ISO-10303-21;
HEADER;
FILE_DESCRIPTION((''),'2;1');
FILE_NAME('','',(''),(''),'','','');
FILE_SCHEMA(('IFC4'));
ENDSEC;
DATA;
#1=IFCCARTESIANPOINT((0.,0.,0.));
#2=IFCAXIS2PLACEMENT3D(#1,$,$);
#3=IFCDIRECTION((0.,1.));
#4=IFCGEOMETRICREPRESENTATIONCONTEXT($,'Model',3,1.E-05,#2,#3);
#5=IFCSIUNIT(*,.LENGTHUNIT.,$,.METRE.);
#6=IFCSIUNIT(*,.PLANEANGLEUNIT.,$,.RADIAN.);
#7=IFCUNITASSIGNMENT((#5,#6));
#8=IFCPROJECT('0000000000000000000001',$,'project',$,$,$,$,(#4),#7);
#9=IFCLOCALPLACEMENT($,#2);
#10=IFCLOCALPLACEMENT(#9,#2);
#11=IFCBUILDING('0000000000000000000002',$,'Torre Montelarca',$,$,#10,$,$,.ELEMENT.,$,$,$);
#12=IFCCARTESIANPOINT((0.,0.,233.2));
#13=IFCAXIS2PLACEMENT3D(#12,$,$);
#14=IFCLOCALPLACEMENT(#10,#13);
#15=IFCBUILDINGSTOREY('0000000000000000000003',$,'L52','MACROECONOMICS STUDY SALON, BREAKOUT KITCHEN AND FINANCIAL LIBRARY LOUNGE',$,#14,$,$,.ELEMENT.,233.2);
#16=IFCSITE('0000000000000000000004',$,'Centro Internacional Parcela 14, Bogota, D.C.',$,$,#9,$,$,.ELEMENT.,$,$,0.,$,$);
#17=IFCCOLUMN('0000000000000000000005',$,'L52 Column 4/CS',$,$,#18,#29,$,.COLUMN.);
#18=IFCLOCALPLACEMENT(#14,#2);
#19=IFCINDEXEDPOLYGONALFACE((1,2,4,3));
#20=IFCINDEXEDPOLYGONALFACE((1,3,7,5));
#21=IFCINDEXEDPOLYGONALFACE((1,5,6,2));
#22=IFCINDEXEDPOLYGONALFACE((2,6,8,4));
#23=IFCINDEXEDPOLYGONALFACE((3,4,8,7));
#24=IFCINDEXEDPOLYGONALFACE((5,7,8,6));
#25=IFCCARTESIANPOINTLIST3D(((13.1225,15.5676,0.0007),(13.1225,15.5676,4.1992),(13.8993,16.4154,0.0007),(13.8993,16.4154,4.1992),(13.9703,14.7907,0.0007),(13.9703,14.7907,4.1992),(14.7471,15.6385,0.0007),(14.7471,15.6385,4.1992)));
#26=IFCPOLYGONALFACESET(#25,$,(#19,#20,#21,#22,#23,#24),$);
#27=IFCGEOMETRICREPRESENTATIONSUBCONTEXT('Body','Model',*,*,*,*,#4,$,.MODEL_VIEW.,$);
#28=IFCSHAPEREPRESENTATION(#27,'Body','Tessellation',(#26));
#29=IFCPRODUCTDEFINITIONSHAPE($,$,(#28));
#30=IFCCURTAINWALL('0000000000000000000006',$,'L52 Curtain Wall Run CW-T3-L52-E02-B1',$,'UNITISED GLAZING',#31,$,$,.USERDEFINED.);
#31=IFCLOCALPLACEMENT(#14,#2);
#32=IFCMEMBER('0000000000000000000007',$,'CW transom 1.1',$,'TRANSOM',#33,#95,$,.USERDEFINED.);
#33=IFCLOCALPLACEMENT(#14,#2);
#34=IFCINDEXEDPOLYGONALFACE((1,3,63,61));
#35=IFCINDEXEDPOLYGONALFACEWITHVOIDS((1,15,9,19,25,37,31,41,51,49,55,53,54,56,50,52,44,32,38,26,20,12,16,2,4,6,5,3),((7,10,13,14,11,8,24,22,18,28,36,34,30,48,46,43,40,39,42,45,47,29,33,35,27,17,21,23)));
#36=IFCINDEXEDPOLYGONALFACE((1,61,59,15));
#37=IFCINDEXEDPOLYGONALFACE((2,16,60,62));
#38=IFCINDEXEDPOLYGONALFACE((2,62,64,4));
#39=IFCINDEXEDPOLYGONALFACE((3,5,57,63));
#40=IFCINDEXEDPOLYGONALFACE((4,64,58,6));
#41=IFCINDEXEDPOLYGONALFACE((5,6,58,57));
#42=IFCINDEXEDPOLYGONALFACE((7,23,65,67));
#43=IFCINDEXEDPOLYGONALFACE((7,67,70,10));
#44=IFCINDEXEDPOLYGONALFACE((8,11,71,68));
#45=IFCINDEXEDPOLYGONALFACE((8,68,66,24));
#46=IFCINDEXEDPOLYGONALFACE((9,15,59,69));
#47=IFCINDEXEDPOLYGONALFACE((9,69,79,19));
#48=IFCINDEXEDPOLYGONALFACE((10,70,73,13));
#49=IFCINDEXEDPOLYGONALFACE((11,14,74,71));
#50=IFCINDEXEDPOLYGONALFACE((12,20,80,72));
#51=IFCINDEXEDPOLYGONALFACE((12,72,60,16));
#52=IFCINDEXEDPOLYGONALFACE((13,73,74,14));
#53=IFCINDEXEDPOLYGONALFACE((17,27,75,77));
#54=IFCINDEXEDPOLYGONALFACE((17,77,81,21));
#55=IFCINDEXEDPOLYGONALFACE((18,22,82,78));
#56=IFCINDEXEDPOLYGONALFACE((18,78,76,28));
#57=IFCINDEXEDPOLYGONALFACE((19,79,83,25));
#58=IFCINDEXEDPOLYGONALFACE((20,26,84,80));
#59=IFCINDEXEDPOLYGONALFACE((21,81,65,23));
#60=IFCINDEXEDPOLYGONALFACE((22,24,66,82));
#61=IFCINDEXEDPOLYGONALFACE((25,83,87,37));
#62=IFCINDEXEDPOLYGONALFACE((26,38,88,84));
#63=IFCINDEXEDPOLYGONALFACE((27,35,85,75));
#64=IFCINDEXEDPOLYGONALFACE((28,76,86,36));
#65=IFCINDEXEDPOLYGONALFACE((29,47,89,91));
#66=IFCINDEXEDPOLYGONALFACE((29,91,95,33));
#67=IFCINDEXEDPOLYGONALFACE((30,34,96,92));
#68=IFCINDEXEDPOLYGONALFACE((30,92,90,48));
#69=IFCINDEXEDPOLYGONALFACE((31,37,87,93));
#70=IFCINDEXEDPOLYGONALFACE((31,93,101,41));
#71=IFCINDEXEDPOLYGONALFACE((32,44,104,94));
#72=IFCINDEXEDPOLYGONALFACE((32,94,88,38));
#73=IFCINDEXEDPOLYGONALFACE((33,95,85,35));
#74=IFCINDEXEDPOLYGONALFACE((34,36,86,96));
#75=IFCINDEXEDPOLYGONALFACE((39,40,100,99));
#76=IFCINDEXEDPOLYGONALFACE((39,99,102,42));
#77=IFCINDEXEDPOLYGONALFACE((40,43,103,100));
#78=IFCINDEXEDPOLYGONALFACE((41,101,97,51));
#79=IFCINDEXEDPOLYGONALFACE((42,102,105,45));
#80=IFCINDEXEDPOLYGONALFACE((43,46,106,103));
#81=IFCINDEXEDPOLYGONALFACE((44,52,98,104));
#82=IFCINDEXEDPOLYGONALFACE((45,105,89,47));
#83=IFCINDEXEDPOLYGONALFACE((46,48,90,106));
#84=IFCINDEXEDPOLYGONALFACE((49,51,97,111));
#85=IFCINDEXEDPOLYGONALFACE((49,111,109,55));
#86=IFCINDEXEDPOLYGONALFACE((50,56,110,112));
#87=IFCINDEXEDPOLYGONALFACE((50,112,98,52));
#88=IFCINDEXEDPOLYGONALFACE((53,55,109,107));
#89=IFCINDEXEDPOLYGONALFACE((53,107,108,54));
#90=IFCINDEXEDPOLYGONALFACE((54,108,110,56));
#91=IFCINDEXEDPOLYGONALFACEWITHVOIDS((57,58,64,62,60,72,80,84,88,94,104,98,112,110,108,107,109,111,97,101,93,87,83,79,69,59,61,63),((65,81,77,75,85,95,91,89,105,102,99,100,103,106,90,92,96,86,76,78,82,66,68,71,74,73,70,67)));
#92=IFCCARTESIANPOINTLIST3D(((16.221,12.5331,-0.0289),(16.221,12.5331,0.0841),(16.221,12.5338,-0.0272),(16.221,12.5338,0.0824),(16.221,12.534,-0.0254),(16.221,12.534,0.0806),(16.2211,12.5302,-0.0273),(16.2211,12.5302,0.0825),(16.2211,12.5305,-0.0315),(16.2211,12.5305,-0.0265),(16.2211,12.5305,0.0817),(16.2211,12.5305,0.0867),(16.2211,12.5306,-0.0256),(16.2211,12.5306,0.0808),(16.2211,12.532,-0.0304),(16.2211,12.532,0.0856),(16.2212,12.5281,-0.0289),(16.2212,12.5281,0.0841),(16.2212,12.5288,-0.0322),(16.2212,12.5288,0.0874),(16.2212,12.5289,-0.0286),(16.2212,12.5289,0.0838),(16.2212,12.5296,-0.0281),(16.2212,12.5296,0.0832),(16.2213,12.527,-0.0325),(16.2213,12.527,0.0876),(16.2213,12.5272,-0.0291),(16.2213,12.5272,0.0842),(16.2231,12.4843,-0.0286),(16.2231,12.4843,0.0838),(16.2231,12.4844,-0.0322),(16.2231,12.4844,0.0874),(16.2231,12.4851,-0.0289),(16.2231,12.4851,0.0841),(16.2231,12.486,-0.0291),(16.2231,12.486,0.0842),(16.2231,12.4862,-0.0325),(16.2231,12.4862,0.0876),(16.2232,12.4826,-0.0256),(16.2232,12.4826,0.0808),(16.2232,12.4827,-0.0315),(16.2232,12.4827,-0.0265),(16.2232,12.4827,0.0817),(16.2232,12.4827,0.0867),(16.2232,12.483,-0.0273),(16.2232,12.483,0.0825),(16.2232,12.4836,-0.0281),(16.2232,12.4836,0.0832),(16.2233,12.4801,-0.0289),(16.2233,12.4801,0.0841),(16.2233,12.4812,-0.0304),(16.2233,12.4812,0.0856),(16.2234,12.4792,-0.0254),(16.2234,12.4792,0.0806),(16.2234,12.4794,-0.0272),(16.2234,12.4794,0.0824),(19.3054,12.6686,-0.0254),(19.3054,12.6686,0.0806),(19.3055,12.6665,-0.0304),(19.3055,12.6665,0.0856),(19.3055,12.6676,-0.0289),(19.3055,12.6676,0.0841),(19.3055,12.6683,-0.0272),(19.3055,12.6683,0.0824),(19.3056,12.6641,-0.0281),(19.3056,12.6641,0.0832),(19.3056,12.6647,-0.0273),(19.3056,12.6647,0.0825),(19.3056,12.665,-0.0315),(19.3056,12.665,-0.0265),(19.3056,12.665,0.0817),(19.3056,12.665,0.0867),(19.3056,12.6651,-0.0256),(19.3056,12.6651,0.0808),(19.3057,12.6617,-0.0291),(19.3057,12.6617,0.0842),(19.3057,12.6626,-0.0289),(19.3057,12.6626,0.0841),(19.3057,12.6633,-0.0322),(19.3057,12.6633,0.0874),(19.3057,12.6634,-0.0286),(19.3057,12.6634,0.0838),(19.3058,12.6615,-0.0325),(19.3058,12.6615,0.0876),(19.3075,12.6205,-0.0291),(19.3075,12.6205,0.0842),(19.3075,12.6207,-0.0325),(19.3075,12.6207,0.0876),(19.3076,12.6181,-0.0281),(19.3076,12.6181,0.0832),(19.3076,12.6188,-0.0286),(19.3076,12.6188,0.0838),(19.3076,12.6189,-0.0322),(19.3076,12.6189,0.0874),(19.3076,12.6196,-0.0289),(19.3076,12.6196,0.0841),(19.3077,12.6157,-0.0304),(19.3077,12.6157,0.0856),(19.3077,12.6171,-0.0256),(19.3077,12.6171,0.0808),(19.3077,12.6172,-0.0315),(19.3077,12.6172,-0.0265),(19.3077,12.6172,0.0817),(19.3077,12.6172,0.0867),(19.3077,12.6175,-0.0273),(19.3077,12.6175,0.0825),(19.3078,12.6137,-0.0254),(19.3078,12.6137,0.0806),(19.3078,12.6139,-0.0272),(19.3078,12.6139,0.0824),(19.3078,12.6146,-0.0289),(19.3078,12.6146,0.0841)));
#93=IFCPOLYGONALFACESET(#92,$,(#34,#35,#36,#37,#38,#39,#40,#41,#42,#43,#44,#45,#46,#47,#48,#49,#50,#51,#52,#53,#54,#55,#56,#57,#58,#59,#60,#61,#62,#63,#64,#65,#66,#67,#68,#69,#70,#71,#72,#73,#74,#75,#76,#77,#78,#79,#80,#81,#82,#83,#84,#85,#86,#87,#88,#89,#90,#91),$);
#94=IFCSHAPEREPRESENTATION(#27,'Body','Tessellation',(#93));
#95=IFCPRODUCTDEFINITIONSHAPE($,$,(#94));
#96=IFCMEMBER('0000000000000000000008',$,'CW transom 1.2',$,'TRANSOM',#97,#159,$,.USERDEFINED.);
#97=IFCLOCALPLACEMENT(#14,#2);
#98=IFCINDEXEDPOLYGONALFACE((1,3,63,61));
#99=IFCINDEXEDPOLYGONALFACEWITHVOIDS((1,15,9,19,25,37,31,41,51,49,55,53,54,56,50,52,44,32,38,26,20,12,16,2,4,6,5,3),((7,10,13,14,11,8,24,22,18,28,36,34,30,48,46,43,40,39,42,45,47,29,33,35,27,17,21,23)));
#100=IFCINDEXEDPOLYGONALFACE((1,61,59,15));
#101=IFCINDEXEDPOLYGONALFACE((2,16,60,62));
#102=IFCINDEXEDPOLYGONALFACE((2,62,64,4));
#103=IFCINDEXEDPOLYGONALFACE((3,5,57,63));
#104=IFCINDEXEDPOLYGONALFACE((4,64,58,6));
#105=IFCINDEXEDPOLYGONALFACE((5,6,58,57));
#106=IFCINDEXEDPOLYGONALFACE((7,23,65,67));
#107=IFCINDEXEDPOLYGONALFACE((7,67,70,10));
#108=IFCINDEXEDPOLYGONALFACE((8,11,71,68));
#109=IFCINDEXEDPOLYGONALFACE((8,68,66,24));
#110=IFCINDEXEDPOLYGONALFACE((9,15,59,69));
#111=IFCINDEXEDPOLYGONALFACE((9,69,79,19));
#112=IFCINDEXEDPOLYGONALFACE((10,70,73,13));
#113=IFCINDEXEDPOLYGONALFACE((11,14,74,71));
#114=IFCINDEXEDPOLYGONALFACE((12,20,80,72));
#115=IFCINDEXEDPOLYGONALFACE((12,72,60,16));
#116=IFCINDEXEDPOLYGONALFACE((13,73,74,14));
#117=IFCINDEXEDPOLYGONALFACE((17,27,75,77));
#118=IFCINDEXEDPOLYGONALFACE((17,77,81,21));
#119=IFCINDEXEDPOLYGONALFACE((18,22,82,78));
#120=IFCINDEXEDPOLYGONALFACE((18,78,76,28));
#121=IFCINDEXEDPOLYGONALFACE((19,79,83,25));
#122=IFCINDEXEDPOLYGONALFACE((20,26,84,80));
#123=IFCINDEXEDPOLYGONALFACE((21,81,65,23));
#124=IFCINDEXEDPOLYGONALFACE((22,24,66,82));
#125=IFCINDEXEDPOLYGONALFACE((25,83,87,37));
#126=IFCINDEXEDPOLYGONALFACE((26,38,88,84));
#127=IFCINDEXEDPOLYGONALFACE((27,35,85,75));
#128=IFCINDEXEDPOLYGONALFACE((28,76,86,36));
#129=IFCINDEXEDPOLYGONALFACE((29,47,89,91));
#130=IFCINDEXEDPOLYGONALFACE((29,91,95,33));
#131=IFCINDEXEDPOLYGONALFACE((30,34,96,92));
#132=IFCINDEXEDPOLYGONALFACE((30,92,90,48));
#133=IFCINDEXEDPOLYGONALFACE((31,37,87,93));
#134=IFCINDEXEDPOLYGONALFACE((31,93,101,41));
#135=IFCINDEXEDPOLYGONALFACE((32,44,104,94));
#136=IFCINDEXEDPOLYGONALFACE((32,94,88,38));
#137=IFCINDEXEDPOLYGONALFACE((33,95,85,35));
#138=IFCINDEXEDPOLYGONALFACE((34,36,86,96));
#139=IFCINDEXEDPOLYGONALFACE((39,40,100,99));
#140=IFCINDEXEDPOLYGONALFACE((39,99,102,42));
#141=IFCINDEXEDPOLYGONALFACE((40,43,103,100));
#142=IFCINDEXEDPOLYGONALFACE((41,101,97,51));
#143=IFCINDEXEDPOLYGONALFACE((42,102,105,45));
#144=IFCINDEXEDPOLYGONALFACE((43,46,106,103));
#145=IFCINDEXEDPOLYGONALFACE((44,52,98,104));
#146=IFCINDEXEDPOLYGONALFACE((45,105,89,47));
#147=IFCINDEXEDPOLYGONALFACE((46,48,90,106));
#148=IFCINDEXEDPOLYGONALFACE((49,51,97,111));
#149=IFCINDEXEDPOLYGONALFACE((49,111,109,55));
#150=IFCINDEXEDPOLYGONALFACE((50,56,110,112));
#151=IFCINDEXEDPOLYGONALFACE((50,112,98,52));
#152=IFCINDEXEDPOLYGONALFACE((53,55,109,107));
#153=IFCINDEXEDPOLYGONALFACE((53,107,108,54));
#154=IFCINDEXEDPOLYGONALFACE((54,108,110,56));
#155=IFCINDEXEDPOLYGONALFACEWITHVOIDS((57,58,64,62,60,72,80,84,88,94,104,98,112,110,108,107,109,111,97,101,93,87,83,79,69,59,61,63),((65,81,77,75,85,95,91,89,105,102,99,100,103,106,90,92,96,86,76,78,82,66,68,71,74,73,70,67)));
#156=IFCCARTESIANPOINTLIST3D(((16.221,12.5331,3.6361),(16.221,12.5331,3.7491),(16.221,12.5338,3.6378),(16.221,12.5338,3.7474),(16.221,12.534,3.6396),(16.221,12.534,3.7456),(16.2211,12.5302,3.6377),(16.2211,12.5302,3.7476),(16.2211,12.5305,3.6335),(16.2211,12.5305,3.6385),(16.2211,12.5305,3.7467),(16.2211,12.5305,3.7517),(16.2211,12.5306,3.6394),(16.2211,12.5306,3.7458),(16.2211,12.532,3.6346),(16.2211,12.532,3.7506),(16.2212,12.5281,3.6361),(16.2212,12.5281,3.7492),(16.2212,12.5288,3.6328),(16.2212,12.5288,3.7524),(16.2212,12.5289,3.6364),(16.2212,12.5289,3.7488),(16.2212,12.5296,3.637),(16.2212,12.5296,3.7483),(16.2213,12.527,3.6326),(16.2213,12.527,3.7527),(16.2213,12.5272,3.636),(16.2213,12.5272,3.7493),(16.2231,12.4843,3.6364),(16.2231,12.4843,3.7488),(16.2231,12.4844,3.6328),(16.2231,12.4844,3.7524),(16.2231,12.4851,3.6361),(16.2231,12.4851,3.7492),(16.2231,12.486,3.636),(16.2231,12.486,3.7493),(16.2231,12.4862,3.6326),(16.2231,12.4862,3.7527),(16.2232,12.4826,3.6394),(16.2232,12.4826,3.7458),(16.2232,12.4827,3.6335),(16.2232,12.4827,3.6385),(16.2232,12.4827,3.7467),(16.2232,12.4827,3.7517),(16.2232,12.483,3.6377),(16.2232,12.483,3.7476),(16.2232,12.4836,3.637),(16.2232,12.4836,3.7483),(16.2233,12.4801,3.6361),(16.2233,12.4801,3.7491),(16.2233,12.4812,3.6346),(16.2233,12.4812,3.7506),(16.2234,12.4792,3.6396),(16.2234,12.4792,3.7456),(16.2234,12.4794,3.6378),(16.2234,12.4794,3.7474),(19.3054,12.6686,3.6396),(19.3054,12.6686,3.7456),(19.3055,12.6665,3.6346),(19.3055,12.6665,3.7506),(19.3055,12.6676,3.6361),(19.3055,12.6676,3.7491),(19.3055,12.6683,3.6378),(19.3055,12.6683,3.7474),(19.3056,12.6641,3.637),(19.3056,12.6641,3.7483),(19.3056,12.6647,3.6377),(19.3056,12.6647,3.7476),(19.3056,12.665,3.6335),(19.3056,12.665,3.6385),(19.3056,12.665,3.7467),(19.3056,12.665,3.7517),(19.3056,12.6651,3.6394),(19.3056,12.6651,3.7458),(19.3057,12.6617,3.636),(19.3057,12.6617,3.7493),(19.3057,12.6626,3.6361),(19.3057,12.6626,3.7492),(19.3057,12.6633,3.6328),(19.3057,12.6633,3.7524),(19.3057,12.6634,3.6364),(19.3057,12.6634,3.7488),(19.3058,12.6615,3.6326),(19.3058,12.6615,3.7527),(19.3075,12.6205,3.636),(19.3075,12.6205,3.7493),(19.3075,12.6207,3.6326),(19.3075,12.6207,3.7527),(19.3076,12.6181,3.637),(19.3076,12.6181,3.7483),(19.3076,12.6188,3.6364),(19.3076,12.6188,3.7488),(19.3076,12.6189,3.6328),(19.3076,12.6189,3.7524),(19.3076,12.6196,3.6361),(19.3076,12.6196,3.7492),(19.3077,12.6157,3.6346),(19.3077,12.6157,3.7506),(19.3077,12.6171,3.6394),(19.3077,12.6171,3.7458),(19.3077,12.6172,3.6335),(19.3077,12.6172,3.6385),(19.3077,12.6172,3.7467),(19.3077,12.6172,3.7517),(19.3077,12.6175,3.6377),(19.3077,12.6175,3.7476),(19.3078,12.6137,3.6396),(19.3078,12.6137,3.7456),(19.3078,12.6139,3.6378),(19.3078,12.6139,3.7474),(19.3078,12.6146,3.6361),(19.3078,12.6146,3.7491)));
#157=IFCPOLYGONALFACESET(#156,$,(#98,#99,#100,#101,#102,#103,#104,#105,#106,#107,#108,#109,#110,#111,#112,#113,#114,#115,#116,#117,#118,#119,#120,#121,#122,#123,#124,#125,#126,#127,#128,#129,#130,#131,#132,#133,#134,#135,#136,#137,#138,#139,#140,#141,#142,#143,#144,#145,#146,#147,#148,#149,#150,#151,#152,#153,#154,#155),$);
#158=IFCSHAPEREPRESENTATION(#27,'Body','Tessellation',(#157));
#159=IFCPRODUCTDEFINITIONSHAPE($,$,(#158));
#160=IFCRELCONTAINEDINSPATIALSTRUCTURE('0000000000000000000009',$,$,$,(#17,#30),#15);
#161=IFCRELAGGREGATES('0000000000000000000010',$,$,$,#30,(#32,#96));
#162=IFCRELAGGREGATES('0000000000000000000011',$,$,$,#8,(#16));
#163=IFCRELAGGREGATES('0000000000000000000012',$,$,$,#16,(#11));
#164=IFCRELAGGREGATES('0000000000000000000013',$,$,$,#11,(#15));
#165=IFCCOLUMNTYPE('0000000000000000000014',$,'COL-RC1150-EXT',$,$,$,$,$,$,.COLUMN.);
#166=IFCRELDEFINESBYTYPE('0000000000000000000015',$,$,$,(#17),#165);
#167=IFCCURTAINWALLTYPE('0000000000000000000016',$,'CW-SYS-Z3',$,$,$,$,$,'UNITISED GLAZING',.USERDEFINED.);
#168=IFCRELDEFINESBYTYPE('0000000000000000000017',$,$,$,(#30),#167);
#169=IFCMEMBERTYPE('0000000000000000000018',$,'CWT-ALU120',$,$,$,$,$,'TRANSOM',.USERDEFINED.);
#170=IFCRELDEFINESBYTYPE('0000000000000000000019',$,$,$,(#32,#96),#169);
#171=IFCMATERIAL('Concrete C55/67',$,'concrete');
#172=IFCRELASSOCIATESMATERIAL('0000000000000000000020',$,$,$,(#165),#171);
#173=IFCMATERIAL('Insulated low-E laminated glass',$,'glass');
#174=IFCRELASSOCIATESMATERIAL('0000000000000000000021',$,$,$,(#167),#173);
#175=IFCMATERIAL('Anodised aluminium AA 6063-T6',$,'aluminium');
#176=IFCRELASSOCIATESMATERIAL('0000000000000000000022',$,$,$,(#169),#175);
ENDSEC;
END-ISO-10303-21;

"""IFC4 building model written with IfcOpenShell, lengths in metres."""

from ifc_helpers import new_model, si_unit, direction, frame, origin, origin_2d, place, context, subcontext, project, spatial, rectangle, hollow_rectangle, extrude, source, transform, mapped, material, material_profile, profile_set, type_object, element, aggregate, save


model = new_model("IFC4")

# Units and contexts
model_context = context("Model", 3, precision=1e-05, world=origin(), true_north=direction((0.0, 1.0)))
body_context = subcontext(model_context, "Body", "Model", "MODEL_VIEW")
ifc_project = project(units=[si_unit("LENGTHUNIT", "METRE"), si_unit("PLANEANGLEUNIT", "RADIAN")], contexts=[model_context])

# Site, building, storey
site_placement = place(None, origin())
site = spatial("IfcSite", under=ifc_project, at=site_placement, Name="Centro Internacional Parcela 14, Bogota, D.C.", CompositionType="ELEMENT", RefElevation=0.0)
building_placement = place(site_placement, origin())
building = spatial("IfcBuilding", under=site, at=building_placement, Name="Torre Montelarca", CompositionType="ELEMENT")
storey_placement = place(building_placement, frame((0.0, 0.0, 233.2)))
storey = spatial("IfcBuildingStorey", under=building, at=storey_placement, Name="L52", Description="MACROECONOMICS STUDY SALON, BREAKOUT KITCHEN AND FINANCIAL LIBRARY LOUNGE", CompositionType="ELEMENT", Elevation=233.2)

# Column
ifc_material_1 = material(Name="Concrete C55/67", Category="concrete")
ifc_material_profile_1 = material_profile(ifc_material_1, rectangle(XDim=1.1499, YDim=1.1499, at=origin_2d()), Name="RC1150X1150", Category="concrete")
ifc_profile_set_1 = profile_set([ifc_material_profile_1], Name="Concrete C55/67")
column_type = type_object("IfcColumnType", Name="COL-RC1150-EXT", PredefinedType="COLUMN", material=ifc_profile_set_1)
shared_shape_1 = source(origin(), body_context, "Body", "SweptSolid", [
    extrude(rectangle(XDim=1.1499, YDim=1.1499, at=origin_2d()), origin(), (0.0, 0.0, 1.0), 4.1985),
])
column_placement = place(storey_placement, frame((13.9348, 15.603, 0.0007), z_axis=(0.0, 0.0, 1.0), x_axis=(-0.737277, 0.67559, 0.0)))
element("IfcColumn", 1, at=column_placement, inside=storey, type_object=column_type, Name="L52 Column 4/CS", PredefinedType="COLUMN", context=body_context, shape_type="MappedRepresentation", body=[
    mapped(shared_shape_1, transform((0.0, 0.0, 0.0), scale=1.0)),
])

# Curtain wall, members
ifc_material_2 = material(Name="Insulated low-E laminated glass", Category="glass")
curtain_wall_type = type_object("IfcCurtainWallType", Name="CW-SYS-Z3", ElementType="UNITISED GLAZING", PredefinedType="USERDEFINED", material=ifc_material_2)
curtain_wall_1_placement = place(storey_placement, origin())
curtain_wall_1 = element("IfcCurtainWall", 2, at=curtain_wall_1_placement, inside=storey, type_object=curtain_wall_type, Name="L52 Curtain Wall Run CW-T3-L52-E02-B1", ObjectType="UNITISED GLAZING", PredefinedType="USERDEFINED")
ifc_material_3 = material(Name="Anodised aluminium AA 6063-T6", Category="aluminium")
ifc_material_profile_2 = material_profile(ifc_material_3, hollow_rectangle(XDim=0.0549, YDim=0.1201, WallThickness=0.0034, InnerFilletRadius=0.0034, OuterFilletRadius=0.0071, at=origin_2d()), Name="ALU55X120X3.5", Category="aluminium")
ifc_profile_set_2 = profile_set([ifc_material_profile_2], Name="Anodised aluminium AA 6063-T6")
member_type_1 = type_object("IfcMemberType", Name="CWT-ALU120", ElementType="TRANSOM", PredefinedType="USERDEFINED", material=ifc_profile_set_2)
shared_shape_2 = source(origin(), body_context, "Body", "SweptSolid", [
    extrude(hollow_rectangle(XDim=0.0549, YDim=0.1201, WallThickness=0.0034, InnerFilletRadius=0.0034, OuterFilletRadius=0.0071, at=origin_2d()), origin(), (0.0, 0.0, 1.0), 3.0874),
])
member_1_placement = place(storey_placement, frame((16.2222, 12.5066, 0.0276), z_axis=(0.99905, 0.043571, 0.0), x_axis=(-0.043571, 0.99905, 0.0)))
member_1 = element("IfcMember", 3, at=member_1_placement, type_object=member_type_1, Name="CW transom 1.1", ObjectType="TRANSOM", PredefinedType="USERDEFINED", context=body_context, shape_type="MappedRepresentation", body=[
    mapped(shared_shape_2, transform((0.0, 0.0, 0.0), scale=1.0)),
])
member_2_placement = place(storey_placement, frame((16.2222, 12.5066, 3.6926), z_axis=(0.99905, 0.043571, 0.0), x_axis=(-0.043571, 0.99905, 0.0)))
member_2 = element("IfcMember", 4, at=member_2_placement, type_object=member_type_1, Name="CW transom 1.2", ObjectType="TRANSOM", PredefinedType="USERDEFINED", context=body_context, shape_type="MappedRepresentation", body=[
    mapped(shared_shape_2, transform((0.0, 0.0, 0.0), scale=1.0)),
])

aggregate(curtain_wall_1, [member_1, member_2])

save(model, "model.ifc")
